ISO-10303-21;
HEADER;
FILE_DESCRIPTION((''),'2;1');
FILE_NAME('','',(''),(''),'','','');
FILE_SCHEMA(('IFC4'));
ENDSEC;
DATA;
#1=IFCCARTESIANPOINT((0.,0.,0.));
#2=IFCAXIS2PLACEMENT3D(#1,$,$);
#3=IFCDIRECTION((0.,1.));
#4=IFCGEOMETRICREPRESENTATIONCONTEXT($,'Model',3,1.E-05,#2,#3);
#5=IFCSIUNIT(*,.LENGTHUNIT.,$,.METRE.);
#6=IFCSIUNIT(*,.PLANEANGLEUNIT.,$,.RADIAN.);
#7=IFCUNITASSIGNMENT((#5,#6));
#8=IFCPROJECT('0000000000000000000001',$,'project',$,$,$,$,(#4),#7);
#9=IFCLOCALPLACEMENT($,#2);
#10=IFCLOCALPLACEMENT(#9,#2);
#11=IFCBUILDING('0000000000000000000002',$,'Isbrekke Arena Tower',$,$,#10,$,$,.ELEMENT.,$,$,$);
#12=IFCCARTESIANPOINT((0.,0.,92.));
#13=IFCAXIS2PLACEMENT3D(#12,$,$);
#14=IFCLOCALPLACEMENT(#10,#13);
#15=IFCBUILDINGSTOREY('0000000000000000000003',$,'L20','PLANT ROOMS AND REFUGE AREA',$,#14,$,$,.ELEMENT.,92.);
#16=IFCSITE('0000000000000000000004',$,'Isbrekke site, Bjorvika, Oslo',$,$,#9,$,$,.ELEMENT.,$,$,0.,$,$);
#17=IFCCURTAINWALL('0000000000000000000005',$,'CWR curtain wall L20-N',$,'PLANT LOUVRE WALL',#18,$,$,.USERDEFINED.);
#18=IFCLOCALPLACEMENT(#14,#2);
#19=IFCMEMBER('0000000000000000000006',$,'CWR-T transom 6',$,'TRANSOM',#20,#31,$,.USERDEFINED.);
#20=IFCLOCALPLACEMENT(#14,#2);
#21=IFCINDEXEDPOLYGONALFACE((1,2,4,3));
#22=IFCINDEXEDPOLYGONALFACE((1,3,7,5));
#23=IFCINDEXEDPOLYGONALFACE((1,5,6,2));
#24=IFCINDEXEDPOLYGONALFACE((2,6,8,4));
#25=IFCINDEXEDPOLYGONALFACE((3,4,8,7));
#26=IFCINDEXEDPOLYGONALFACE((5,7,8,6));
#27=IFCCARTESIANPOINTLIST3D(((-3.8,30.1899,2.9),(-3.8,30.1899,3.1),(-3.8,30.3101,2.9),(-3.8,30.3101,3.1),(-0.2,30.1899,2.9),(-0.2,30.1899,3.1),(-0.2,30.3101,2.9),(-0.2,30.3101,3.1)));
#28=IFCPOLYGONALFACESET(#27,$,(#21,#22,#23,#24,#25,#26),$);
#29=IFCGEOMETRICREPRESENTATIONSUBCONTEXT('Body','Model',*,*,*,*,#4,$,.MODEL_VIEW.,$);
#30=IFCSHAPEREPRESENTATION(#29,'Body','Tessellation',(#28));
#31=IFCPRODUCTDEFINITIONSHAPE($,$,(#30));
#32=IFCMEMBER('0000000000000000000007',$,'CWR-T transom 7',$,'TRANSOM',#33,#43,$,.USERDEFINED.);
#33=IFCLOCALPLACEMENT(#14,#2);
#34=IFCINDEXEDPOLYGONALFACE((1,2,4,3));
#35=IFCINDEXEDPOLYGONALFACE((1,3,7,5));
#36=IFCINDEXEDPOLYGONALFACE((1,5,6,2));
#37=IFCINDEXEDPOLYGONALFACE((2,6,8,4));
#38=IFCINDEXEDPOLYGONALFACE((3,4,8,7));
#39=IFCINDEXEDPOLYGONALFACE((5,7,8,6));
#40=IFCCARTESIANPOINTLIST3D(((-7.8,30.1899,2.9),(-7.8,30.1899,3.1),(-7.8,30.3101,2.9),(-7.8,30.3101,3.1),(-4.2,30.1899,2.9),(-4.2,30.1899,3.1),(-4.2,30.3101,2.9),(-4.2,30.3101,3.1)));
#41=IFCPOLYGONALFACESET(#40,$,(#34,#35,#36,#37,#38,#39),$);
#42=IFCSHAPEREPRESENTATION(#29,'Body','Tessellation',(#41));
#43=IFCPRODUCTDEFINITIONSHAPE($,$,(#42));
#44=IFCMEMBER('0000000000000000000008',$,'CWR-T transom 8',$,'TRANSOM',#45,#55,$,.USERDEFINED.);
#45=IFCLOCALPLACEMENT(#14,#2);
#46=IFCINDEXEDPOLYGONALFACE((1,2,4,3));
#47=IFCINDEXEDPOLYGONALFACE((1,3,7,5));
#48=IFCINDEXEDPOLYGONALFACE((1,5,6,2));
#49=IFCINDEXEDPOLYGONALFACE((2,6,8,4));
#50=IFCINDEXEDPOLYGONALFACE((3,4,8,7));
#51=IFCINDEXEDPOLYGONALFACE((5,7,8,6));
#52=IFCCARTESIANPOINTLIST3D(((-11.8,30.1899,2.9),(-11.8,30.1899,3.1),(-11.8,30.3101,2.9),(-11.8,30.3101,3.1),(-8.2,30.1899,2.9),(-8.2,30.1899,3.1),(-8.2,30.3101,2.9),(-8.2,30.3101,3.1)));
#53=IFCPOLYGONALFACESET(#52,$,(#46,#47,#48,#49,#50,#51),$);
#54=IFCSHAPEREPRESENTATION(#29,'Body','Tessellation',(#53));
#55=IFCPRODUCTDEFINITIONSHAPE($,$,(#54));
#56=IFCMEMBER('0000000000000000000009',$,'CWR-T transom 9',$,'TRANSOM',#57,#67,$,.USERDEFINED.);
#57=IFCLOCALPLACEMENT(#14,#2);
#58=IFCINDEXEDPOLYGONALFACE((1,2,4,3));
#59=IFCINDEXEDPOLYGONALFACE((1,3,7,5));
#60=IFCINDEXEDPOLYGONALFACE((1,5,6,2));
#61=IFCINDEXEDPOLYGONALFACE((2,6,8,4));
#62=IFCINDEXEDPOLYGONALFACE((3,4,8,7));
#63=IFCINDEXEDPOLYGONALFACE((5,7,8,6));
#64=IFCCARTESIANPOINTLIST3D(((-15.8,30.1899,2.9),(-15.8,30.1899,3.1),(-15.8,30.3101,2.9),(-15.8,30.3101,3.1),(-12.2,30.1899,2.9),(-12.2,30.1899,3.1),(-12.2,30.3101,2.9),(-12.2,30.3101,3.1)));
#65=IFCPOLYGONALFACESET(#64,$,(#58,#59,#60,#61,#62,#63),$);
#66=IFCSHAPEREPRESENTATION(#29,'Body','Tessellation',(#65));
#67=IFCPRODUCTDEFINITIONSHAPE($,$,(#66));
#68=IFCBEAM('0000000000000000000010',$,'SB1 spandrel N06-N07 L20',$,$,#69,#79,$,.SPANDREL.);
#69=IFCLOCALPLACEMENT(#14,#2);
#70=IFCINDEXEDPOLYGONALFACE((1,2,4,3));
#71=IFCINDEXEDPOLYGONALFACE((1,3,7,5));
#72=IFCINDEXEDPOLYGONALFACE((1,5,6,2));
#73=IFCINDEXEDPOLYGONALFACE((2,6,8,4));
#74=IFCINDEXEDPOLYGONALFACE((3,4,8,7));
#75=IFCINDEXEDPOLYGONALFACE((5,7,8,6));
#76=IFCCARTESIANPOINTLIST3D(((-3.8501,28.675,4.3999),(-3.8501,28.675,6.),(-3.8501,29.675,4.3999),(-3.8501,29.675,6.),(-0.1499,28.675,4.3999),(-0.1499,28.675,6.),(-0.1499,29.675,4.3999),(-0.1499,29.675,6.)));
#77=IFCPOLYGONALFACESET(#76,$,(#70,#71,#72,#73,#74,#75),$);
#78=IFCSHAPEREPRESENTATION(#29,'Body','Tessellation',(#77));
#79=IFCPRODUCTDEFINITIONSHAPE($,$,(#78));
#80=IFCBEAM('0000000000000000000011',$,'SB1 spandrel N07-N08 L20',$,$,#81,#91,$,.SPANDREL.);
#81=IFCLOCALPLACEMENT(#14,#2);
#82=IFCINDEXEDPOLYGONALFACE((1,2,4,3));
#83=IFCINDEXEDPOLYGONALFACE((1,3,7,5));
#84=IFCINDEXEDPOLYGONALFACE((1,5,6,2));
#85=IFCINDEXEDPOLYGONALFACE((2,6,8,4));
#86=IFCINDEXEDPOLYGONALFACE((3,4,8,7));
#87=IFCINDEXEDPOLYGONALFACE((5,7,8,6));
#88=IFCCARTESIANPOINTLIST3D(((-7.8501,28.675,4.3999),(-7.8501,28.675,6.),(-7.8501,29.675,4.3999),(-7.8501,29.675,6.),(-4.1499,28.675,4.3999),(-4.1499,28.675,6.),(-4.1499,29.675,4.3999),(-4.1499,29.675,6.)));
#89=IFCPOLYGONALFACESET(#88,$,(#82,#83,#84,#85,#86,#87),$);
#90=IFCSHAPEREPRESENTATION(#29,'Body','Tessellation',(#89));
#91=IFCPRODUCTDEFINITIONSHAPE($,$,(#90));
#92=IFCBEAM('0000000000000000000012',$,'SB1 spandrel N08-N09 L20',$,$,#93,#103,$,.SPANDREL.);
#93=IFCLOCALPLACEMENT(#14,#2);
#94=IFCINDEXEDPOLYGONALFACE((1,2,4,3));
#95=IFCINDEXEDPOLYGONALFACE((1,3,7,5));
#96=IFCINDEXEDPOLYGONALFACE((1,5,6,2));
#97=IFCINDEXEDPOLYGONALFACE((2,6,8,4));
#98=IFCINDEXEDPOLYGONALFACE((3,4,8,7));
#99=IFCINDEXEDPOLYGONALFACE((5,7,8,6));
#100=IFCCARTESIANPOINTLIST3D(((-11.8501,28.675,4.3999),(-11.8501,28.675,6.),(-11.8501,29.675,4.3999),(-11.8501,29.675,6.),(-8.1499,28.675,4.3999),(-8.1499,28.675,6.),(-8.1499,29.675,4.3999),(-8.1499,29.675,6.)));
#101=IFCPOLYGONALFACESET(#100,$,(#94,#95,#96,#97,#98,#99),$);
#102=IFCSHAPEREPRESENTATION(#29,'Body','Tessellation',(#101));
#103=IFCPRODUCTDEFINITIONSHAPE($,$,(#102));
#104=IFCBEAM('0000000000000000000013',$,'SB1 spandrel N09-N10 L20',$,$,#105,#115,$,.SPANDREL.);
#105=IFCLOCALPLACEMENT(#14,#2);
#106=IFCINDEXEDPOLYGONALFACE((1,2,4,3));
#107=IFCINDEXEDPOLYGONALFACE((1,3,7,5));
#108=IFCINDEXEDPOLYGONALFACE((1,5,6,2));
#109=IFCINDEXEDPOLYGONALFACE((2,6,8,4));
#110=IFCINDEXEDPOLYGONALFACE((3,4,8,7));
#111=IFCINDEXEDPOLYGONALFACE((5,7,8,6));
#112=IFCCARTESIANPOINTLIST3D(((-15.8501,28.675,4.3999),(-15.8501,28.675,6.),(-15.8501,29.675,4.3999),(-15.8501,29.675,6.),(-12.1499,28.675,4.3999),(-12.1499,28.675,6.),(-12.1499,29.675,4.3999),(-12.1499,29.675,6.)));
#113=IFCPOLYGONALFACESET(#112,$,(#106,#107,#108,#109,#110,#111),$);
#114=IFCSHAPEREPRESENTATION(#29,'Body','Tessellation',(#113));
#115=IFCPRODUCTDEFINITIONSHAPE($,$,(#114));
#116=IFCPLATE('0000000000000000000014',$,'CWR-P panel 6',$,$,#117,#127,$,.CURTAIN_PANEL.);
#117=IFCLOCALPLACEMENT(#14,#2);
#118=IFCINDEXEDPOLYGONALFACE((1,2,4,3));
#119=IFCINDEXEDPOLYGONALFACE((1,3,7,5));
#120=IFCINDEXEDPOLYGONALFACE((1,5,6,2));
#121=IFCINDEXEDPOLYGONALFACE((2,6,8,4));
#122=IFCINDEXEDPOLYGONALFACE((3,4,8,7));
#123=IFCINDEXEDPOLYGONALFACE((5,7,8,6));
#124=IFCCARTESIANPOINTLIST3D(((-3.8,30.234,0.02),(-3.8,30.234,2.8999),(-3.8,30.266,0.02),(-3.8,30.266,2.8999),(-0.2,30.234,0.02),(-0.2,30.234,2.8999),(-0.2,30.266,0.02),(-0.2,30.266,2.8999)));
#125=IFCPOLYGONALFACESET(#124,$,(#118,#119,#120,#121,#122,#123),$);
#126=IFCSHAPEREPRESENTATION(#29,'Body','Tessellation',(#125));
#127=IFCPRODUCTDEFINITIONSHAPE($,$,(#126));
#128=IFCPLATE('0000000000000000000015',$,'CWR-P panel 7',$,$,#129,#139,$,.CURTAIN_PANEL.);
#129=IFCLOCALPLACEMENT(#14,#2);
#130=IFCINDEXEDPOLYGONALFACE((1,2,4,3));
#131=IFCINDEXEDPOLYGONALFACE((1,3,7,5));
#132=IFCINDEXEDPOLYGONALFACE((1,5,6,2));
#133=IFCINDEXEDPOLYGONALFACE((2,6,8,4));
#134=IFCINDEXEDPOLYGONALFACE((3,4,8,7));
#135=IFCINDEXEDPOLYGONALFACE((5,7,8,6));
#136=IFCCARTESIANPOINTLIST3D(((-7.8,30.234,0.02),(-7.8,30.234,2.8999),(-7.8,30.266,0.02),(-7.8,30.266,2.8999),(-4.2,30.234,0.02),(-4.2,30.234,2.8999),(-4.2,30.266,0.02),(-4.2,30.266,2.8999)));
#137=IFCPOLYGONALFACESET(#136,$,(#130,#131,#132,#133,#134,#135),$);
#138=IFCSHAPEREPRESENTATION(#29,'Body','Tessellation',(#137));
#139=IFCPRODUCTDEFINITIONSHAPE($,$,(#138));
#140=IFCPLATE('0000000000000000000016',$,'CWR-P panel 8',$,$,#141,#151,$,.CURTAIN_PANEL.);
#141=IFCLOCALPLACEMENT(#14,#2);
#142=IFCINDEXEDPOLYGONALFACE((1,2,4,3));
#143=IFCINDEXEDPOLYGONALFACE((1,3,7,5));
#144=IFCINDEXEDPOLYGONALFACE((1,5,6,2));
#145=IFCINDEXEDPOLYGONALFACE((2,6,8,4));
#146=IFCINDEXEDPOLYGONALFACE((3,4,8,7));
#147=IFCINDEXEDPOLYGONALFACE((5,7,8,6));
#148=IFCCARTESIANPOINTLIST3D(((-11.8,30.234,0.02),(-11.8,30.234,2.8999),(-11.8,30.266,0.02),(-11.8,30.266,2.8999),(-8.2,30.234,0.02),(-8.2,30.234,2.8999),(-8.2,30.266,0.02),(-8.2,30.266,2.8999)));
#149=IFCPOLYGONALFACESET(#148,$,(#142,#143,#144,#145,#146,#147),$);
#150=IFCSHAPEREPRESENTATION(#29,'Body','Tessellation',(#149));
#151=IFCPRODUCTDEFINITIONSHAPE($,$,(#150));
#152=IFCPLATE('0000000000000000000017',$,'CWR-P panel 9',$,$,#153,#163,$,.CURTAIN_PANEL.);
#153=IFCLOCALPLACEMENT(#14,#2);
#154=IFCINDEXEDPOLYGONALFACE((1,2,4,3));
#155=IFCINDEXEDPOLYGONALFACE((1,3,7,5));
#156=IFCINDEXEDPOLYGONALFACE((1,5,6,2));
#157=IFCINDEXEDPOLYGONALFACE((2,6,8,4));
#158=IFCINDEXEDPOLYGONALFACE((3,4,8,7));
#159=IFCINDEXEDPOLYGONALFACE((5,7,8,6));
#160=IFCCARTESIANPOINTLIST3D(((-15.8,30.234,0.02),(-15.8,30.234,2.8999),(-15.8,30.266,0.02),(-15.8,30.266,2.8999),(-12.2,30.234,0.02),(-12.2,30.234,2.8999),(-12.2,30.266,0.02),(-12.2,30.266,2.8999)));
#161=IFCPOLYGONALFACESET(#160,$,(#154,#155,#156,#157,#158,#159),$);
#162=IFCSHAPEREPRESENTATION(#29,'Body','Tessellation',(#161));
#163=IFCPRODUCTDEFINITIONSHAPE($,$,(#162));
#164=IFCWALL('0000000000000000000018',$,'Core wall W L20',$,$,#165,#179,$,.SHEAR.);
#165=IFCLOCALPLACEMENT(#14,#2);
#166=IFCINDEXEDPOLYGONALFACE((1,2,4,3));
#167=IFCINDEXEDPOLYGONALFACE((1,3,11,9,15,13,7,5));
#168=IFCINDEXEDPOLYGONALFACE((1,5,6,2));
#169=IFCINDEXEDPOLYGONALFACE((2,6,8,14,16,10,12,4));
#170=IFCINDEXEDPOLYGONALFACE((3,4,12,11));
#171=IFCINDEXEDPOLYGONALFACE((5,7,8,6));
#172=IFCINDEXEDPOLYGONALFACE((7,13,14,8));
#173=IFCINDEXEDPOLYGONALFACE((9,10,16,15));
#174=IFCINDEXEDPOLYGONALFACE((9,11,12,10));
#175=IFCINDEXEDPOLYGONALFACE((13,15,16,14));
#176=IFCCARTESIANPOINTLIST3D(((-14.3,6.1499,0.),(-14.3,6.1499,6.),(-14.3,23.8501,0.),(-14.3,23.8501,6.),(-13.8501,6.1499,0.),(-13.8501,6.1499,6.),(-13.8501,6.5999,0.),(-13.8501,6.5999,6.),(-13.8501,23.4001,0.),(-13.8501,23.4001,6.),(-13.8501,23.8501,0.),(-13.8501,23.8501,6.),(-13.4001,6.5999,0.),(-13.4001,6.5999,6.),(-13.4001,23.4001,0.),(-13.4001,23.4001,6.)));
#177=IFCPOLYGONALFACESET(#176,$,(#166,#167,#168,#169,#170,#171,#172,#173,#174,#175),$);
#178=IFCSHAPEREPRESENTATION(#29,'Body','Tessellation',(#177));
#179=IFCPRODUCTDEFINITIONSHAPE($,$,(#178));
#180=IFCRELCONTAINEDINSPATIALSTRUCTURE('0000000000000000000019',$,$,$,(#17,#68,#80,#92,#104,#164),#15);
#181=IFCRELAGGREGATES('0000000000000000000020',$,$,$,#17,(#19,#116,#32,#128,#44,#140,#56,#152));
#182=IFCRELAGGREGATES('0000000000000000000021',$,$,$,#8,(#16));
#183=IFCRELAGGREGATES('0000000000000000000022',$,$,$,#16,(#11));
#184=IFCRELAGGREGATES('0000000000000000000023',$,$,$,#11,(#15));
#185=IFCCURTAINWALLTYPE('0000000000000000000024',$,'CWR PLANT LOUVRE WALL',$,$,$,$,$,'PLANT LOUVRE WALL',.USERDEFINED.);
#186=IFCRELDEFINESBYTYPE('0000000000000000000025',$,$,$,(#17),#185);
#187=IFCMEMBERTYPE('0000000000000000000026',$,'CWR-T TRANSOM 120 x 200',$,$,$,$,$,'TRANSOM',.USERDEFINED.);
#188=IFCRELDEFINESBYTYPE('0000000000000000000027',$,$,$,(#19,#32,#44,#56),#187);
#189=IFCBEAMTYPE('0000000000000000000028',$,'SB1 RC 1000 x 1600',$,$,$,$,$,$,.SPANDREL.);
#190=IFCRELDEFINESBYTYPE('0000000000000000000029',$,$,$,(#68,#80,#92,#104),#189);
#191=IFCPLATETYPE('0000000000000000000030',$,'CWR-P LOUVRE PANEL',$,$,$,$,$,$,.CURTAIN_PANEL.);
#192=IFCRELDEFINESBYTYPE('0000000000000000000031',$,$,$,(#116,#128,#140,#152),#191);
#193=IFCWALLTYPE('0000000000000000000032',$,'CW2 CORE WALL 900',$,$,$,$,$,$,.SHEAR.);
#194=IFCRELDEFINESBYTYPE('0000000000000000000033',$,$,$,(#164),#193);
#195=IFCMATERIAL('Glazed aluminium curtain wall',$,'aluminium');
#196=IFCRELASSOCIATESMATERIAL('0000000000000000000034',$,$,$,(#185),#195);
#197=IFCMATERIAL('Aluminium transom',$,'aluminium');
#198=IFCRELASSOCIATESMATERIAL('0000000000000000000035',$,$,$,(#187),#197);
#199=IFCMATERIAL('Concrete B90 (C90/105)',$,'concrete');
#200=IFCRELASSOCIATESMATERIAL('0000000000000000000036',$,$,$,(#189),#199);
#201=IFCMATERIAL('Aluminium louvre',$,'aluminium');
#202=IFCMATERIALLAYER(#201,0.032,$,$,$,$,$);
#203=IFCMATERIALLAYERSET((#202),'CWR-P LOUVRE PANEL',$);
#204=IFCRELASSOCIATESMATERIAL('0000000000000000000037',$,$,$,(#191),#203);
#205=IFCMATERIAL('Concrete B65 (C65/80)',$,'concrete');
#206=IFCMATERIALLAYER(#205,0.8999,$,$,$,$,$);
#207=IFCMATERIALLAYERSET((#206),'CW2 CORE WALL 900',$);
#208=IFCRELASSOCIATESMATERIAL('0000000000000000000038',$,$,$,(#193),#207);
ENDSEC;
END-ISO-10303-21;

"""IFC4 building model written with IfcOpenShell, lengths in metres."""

from ifc_helpers import new_model, si_unit, direction, frame, origin, origin_2d, place, context, subcontext, project, spatial, polyline, rectangle, outline, extrude, material, layer, layer_set, material_profile, profile_set, type_object, element, aggregate, save


model = new_model("IFC4")

# Units and contexts
model_context = context("Model", 3, precision=1e-05, world=origin(), true_north=direction((0.0, 1.0)))
body_context = subcontext(model_context, "Body", "Model", "MODEL_VIEW")
ifc_project = project(units=[si_unit("LENGTHUNIT", "METRE"), si_unit("PLANEANGLEUNIT", "RADIAN")], contexts=[model_context])

# Site, building, storey
site_placement = place(None, origin())
site = spatial("IfcSite", under=ifc_project, at=site_placement, Name="Isbrekke site, Bjorvika, Oslo", CompositionType="ELEMENT", RefElevation=0.0)
building_placement = place(site_placement, origin())
building = spatial("IfcBuilding", under=site, at=building_placement, Name="Isbrekke Arena Tower", CompositionType="ELEMENT")
storey_placement = place(building_placement, frame((0.0, 0.0, 92.0)))
storey = spatial("IfcBuildingStorey", under=building, at=storey_placement, Name="L20", Description="PLANT ROOMS AND REFUGE AREA", CompositionType="ELEMENT", Elevation=92.0)

# Curtain wall, members
ifc_material_1 = material(Name="Glazed aluminium curtain wall", Category="aluminium")
curtain_wall_type = type_object("IfcCurtainWallType", Name="CWR PLANT LOUVRE WALL", ElementType="PLANT LOUVRE WALL", PredefinedType="USERDEFINED", material=ifc_material_1)
curtain_wall_placement = place(storey_placement, origin())
curtain_wall = element("IfcCurtainWall", 1, at=curtain_wall_placement, inside=storey, type_object=curtain_wall_type, Name="CWR curtain wall L20-N", ObjectType="PLANT LOUVRE WALL", PredefinedType="USERDEFINED")
ifc_material_2 = material(Name="Aluminium transom", Category="aluminium")
ifc_material_profile_1 = material_profile(ifc_material_2, rectangle(XDim=0.1201, YDim=0.2, at=origin_2d()), Name="TRANSOM 120X200")
ifc_profile_set_1 = profile_set([ifc_material_profile_1], Name="Aluminium transom")
member_type_1 = type_object("IfcMemberType", Name="CWR-T TRANSOM 120 x 200", ElementType="TRANSOM", PredefinedType="USERDEFINED", material=ifc_profile_set_1)
member_1_placement = place(storey_placement, frame((-0.2, 30.25, 3.0), z_axis=(-1.0, 0.0, 0.0), x_axis=(0.0, -1.0, 0.0)))
member_1 = element("IfcMember", 2, at=member_1_placement, type_object=member_type_1, Name="CWR-T transom 6", ObjectType="TRANSOM", PredefinedType="USERDEFINED", context=body_context, shape_type="SweptSolid", body=[
    extrude(rectangle(XDim=0.1201, YDim=0.2, at=origin_2d()), origin(), (0.0, 0.0, 1.0), 3.6001),
])
member_2_placement = place(storey_placement, frame((-4.2, 30.25, 3.0), z_axis=(-1.0, 0.0, 0.0), x_axis=(0.0, -1.0, 0.0)))
member_2 = element("IfcMember", 3, at=member_2_placement, type_object=member_type_1, Name="CWR-T transom 7", ObjectType="TRANSOM", PredefinedType="USERDEFINED", context=body_context, shape_type="SweptSolid", body=[
    extrude(rectangle(XDim=0.1201, YDim=0.2, at=origin_2d()), origin(), (0.0, 0.0, 1.0), 3.6001),
])
member_3_placement = place(storey_placement, frame((-8.2, 30.25, 3.0), z_axis=(-1.0, 0.0, 0.0), x_axis=(0.0, -1.0, 0.0)))
member_3 = element("IfcMember", 4, at=member_3_placement, type_object=member_type_1, Name="CWR-T transom 8", ObjectType="TRANSOM", PredefinedType="USERDEFINED", context=body_context, shape_type="SweptSolid", body=[
    extrude(rectangle(XDim=0.1201, YDim=0.2, at=origin_2d()), origin(), (0.0, 0.0, 1.0), 3.6001),
])
member_4_placement = place(storey_placement, frame((-12.2, 30.25, 3.0), z_axis=(-1.0, 0.0, 0.0), x_axis=(0.0, -1.0, 0.0)))
member_4 = element("IfcMember", 5, at=member_4_placement, type_object=member_type_1, Name="CWR-T transom 9", ObjectType="TRANSOM", PredefinedType="USERDEFINED", context=body_context, shape_type="SweptSolid", body=[
    extrude(rectangle(XDim=0.1201, YDim=0.2, at=origin_2d()), origin(), (0.0, 0.0, 1.0), 3.6001),
])

# Beams
ifc_material_3 = material(Name="Concrete B90 (C90/105)", Category="concrete")
ifc_material_profile_2 = material_profile(ifc_material_3, rectangle(XDim=1.0, YDim=1.6001, at=origin_2d()), Name="RC 1000x1600")
ifc_profile_set_2 = profile_set([ifc_material_profile_2], Name="Concrete B90 (C90/105)")
beam_type_1 = type_object("IfcBeamType", Name="SB1 RC 1000 x 1600", PredefinedType="SPANDREL", material=ifc_profile_set_2)
for number, where, z_axis, x_axis, name in (
    (6, (-0.1499, 29.175, 5.2), (-1.0, 0.0, 0.0), (0.0, -1.0, 0.0), "SB1 spandrel N06-N07 L20"),
    (7, (-4.1499, 29.175, 5.2), (-1.0, 0.0, 0.0), (0.0, -1.0, 0.0), "SB1 spandrel N07-N08 L20"),
    (8, (-8.1499, 29.175, 5.2), (-1.0, 0.0, 0.0), (0.0, -1.0, 0.0), "SB1 spandrel N08-N09 L20"),
    (9, (-12.1499, 29.175, 5.2), (-1.0, 0.0, 0.0), (0.0, -1.0, 0.0), "SB1 spandrel N09-N10 L20"),
):
    element("IfcBeam", number, at=place(storey_placement, frame(where, z_axis=z_axis, x_axis=x_axis)), inside=storey, type_object=beam_type_1, Name=name, PredefinedType="SPANDREL", context=body_context, shape_type="SweptSolid", body=[
        extrude(rectangle(XDim=1.0, YDim=1.6001, at=origin_2d()), origin(), (0.0, 0.0, 1.0), 3.7002),
    ])

# Plates
ifc_material_4 = material(Name="Aluminium louvre", Category="aluminium")
ifc_layer_1 = layer(ifc_material_4, 0.032)
ifc_layer_set_1 = layer_set([ifc_layer_1], Name="CWR-P LOUVRE PANEL")
plate_type = type_object("IfcPlateType", Name="CWR-P LOUVRE PANEL", PredefinedType="CURTAIN_PANEL", material=ifc_layer_set_1)
plate_1_placement = place(storey_placement, frame((-2.0, 30.25, 0.02), z_axis=(0.0, 0.0, 1.0), x_axis=(-1.0, 0.0, 0.0)))
plate_1 = element("IfcPlate", 10, at=plate_1_placement, type_object=plate_type, Name="CWR-P panel 6", PredefinedType="CURTAIN_PANEL", context=body_context, shape_type="SweptSolid", body=[
    extrude(rectangle(XDim=3.6001, YDim=0.032, at=origin_2d()), origin(), (0.0, 0.0, 1.0), 2.8799),
])
plate_2_placement = place(storey_placement, frame((-6.0, 30.25, 0.02), z_axis=(0.0, 0.0, 1.0), x_axis=(-1.0, 0.0, 0.0)))
plate_2 = element("IfcPlate", 11, at=plate_2_placement, type_object=plate_type, Name="CWR-P panel 7", PredefinedType="CURTAIN_PANEL", context=body_context, shape_type="SweptSolid", body=[
    extrude(rectangle(XDim=3.6001, YDim=0.032, at=origin_2d()), origin(), (0.0, 0.0, 1.0), 2.8799),
])
plate_3_placement = place(storey_placement, frame((-10.0, 30.25, 0.02), z_axis=(0.0, 0.0, 1.0), x_axis=(-1.0, 0.0, 0.0)))
plate_3 = element("IfcPlate", 12, at=plate_3_placement, type_object=plate_type, Name="CWR-P panel 8", PredefinedType="CURTAIN_PANEL", context=body_context, shape_type="SweptSolid", body=[
    extrude(rectangle(XDim=3.6001, YDim=0.032, at=origin_2d()), origin(), (0.0, 0.0, 1.0), 2.8799),
])
plate_4_placement = place(storey_placement, frame((-14.0, 30.25, 0.02), z_axis=(0.0, 0.0, 1.0), x_axis=(-1.0, 0.0, 0.0)))
plate_4 = element("IfcPlate", 13, at=plate_4_placement, type_object=plate_type, Name="CWR-P panel 9", PredefinedType="CURTAIN_PANEL", context=body_context, shape_type="SweptSolid", body=[
    extrude(rectangle(XDim=3.6001, YDim=0.032, at=origin_2d()), origin(), (0.0, 0.0, 1.0), 2.8799),
])
aggregate(curtain_wall, [member_1, plate_1, member_2, plate_2, member_3, plate_3, member_4, plate_4])

# Wall
ifc_material_5 = material(Name="Concrete B65 (C65/80)", Category="concrete")
ifc_layer_2 = layer(ifc_material_5, 0.8999)
ifc_layer_set_2 = layer_set([ifc_layer_2], Name="CW2 CORE WALL 900")
wall_type_1 = type_object("IfcWallType", Name="CW2 CORE WALL 900", PredefinedType="SHEAR", material=ifc_layer_set_2)
wall_1_placement = place(storey_placement, frame((-13.8501, 23.8501, 0.0), z_axis=(0.0, 0.0, 1.0), x_axis=(0.0, -1.0, 0.0)))
element("IfcWall", 14, at=wall_1_placement, inside=storey, type_object=wall_type_1, Name="Core wall W L20", PredefinedType="SHEAR", context=body_context, shape_type="SweptSolid", body=[
    extrude(outline(polyline([(0.0, -0.45), (17.7002, -0.45), (17.7002, 0.0), (17.2502, 0.0), (17.2502, 0.45), (0.45, 0.45), (0.45, 0.0), (0.0, 0.0), (0.0, -0.45)])), origin(), (0.0, 0.0, 1.0), 6.0),
])

save(model, "model.ifc")
